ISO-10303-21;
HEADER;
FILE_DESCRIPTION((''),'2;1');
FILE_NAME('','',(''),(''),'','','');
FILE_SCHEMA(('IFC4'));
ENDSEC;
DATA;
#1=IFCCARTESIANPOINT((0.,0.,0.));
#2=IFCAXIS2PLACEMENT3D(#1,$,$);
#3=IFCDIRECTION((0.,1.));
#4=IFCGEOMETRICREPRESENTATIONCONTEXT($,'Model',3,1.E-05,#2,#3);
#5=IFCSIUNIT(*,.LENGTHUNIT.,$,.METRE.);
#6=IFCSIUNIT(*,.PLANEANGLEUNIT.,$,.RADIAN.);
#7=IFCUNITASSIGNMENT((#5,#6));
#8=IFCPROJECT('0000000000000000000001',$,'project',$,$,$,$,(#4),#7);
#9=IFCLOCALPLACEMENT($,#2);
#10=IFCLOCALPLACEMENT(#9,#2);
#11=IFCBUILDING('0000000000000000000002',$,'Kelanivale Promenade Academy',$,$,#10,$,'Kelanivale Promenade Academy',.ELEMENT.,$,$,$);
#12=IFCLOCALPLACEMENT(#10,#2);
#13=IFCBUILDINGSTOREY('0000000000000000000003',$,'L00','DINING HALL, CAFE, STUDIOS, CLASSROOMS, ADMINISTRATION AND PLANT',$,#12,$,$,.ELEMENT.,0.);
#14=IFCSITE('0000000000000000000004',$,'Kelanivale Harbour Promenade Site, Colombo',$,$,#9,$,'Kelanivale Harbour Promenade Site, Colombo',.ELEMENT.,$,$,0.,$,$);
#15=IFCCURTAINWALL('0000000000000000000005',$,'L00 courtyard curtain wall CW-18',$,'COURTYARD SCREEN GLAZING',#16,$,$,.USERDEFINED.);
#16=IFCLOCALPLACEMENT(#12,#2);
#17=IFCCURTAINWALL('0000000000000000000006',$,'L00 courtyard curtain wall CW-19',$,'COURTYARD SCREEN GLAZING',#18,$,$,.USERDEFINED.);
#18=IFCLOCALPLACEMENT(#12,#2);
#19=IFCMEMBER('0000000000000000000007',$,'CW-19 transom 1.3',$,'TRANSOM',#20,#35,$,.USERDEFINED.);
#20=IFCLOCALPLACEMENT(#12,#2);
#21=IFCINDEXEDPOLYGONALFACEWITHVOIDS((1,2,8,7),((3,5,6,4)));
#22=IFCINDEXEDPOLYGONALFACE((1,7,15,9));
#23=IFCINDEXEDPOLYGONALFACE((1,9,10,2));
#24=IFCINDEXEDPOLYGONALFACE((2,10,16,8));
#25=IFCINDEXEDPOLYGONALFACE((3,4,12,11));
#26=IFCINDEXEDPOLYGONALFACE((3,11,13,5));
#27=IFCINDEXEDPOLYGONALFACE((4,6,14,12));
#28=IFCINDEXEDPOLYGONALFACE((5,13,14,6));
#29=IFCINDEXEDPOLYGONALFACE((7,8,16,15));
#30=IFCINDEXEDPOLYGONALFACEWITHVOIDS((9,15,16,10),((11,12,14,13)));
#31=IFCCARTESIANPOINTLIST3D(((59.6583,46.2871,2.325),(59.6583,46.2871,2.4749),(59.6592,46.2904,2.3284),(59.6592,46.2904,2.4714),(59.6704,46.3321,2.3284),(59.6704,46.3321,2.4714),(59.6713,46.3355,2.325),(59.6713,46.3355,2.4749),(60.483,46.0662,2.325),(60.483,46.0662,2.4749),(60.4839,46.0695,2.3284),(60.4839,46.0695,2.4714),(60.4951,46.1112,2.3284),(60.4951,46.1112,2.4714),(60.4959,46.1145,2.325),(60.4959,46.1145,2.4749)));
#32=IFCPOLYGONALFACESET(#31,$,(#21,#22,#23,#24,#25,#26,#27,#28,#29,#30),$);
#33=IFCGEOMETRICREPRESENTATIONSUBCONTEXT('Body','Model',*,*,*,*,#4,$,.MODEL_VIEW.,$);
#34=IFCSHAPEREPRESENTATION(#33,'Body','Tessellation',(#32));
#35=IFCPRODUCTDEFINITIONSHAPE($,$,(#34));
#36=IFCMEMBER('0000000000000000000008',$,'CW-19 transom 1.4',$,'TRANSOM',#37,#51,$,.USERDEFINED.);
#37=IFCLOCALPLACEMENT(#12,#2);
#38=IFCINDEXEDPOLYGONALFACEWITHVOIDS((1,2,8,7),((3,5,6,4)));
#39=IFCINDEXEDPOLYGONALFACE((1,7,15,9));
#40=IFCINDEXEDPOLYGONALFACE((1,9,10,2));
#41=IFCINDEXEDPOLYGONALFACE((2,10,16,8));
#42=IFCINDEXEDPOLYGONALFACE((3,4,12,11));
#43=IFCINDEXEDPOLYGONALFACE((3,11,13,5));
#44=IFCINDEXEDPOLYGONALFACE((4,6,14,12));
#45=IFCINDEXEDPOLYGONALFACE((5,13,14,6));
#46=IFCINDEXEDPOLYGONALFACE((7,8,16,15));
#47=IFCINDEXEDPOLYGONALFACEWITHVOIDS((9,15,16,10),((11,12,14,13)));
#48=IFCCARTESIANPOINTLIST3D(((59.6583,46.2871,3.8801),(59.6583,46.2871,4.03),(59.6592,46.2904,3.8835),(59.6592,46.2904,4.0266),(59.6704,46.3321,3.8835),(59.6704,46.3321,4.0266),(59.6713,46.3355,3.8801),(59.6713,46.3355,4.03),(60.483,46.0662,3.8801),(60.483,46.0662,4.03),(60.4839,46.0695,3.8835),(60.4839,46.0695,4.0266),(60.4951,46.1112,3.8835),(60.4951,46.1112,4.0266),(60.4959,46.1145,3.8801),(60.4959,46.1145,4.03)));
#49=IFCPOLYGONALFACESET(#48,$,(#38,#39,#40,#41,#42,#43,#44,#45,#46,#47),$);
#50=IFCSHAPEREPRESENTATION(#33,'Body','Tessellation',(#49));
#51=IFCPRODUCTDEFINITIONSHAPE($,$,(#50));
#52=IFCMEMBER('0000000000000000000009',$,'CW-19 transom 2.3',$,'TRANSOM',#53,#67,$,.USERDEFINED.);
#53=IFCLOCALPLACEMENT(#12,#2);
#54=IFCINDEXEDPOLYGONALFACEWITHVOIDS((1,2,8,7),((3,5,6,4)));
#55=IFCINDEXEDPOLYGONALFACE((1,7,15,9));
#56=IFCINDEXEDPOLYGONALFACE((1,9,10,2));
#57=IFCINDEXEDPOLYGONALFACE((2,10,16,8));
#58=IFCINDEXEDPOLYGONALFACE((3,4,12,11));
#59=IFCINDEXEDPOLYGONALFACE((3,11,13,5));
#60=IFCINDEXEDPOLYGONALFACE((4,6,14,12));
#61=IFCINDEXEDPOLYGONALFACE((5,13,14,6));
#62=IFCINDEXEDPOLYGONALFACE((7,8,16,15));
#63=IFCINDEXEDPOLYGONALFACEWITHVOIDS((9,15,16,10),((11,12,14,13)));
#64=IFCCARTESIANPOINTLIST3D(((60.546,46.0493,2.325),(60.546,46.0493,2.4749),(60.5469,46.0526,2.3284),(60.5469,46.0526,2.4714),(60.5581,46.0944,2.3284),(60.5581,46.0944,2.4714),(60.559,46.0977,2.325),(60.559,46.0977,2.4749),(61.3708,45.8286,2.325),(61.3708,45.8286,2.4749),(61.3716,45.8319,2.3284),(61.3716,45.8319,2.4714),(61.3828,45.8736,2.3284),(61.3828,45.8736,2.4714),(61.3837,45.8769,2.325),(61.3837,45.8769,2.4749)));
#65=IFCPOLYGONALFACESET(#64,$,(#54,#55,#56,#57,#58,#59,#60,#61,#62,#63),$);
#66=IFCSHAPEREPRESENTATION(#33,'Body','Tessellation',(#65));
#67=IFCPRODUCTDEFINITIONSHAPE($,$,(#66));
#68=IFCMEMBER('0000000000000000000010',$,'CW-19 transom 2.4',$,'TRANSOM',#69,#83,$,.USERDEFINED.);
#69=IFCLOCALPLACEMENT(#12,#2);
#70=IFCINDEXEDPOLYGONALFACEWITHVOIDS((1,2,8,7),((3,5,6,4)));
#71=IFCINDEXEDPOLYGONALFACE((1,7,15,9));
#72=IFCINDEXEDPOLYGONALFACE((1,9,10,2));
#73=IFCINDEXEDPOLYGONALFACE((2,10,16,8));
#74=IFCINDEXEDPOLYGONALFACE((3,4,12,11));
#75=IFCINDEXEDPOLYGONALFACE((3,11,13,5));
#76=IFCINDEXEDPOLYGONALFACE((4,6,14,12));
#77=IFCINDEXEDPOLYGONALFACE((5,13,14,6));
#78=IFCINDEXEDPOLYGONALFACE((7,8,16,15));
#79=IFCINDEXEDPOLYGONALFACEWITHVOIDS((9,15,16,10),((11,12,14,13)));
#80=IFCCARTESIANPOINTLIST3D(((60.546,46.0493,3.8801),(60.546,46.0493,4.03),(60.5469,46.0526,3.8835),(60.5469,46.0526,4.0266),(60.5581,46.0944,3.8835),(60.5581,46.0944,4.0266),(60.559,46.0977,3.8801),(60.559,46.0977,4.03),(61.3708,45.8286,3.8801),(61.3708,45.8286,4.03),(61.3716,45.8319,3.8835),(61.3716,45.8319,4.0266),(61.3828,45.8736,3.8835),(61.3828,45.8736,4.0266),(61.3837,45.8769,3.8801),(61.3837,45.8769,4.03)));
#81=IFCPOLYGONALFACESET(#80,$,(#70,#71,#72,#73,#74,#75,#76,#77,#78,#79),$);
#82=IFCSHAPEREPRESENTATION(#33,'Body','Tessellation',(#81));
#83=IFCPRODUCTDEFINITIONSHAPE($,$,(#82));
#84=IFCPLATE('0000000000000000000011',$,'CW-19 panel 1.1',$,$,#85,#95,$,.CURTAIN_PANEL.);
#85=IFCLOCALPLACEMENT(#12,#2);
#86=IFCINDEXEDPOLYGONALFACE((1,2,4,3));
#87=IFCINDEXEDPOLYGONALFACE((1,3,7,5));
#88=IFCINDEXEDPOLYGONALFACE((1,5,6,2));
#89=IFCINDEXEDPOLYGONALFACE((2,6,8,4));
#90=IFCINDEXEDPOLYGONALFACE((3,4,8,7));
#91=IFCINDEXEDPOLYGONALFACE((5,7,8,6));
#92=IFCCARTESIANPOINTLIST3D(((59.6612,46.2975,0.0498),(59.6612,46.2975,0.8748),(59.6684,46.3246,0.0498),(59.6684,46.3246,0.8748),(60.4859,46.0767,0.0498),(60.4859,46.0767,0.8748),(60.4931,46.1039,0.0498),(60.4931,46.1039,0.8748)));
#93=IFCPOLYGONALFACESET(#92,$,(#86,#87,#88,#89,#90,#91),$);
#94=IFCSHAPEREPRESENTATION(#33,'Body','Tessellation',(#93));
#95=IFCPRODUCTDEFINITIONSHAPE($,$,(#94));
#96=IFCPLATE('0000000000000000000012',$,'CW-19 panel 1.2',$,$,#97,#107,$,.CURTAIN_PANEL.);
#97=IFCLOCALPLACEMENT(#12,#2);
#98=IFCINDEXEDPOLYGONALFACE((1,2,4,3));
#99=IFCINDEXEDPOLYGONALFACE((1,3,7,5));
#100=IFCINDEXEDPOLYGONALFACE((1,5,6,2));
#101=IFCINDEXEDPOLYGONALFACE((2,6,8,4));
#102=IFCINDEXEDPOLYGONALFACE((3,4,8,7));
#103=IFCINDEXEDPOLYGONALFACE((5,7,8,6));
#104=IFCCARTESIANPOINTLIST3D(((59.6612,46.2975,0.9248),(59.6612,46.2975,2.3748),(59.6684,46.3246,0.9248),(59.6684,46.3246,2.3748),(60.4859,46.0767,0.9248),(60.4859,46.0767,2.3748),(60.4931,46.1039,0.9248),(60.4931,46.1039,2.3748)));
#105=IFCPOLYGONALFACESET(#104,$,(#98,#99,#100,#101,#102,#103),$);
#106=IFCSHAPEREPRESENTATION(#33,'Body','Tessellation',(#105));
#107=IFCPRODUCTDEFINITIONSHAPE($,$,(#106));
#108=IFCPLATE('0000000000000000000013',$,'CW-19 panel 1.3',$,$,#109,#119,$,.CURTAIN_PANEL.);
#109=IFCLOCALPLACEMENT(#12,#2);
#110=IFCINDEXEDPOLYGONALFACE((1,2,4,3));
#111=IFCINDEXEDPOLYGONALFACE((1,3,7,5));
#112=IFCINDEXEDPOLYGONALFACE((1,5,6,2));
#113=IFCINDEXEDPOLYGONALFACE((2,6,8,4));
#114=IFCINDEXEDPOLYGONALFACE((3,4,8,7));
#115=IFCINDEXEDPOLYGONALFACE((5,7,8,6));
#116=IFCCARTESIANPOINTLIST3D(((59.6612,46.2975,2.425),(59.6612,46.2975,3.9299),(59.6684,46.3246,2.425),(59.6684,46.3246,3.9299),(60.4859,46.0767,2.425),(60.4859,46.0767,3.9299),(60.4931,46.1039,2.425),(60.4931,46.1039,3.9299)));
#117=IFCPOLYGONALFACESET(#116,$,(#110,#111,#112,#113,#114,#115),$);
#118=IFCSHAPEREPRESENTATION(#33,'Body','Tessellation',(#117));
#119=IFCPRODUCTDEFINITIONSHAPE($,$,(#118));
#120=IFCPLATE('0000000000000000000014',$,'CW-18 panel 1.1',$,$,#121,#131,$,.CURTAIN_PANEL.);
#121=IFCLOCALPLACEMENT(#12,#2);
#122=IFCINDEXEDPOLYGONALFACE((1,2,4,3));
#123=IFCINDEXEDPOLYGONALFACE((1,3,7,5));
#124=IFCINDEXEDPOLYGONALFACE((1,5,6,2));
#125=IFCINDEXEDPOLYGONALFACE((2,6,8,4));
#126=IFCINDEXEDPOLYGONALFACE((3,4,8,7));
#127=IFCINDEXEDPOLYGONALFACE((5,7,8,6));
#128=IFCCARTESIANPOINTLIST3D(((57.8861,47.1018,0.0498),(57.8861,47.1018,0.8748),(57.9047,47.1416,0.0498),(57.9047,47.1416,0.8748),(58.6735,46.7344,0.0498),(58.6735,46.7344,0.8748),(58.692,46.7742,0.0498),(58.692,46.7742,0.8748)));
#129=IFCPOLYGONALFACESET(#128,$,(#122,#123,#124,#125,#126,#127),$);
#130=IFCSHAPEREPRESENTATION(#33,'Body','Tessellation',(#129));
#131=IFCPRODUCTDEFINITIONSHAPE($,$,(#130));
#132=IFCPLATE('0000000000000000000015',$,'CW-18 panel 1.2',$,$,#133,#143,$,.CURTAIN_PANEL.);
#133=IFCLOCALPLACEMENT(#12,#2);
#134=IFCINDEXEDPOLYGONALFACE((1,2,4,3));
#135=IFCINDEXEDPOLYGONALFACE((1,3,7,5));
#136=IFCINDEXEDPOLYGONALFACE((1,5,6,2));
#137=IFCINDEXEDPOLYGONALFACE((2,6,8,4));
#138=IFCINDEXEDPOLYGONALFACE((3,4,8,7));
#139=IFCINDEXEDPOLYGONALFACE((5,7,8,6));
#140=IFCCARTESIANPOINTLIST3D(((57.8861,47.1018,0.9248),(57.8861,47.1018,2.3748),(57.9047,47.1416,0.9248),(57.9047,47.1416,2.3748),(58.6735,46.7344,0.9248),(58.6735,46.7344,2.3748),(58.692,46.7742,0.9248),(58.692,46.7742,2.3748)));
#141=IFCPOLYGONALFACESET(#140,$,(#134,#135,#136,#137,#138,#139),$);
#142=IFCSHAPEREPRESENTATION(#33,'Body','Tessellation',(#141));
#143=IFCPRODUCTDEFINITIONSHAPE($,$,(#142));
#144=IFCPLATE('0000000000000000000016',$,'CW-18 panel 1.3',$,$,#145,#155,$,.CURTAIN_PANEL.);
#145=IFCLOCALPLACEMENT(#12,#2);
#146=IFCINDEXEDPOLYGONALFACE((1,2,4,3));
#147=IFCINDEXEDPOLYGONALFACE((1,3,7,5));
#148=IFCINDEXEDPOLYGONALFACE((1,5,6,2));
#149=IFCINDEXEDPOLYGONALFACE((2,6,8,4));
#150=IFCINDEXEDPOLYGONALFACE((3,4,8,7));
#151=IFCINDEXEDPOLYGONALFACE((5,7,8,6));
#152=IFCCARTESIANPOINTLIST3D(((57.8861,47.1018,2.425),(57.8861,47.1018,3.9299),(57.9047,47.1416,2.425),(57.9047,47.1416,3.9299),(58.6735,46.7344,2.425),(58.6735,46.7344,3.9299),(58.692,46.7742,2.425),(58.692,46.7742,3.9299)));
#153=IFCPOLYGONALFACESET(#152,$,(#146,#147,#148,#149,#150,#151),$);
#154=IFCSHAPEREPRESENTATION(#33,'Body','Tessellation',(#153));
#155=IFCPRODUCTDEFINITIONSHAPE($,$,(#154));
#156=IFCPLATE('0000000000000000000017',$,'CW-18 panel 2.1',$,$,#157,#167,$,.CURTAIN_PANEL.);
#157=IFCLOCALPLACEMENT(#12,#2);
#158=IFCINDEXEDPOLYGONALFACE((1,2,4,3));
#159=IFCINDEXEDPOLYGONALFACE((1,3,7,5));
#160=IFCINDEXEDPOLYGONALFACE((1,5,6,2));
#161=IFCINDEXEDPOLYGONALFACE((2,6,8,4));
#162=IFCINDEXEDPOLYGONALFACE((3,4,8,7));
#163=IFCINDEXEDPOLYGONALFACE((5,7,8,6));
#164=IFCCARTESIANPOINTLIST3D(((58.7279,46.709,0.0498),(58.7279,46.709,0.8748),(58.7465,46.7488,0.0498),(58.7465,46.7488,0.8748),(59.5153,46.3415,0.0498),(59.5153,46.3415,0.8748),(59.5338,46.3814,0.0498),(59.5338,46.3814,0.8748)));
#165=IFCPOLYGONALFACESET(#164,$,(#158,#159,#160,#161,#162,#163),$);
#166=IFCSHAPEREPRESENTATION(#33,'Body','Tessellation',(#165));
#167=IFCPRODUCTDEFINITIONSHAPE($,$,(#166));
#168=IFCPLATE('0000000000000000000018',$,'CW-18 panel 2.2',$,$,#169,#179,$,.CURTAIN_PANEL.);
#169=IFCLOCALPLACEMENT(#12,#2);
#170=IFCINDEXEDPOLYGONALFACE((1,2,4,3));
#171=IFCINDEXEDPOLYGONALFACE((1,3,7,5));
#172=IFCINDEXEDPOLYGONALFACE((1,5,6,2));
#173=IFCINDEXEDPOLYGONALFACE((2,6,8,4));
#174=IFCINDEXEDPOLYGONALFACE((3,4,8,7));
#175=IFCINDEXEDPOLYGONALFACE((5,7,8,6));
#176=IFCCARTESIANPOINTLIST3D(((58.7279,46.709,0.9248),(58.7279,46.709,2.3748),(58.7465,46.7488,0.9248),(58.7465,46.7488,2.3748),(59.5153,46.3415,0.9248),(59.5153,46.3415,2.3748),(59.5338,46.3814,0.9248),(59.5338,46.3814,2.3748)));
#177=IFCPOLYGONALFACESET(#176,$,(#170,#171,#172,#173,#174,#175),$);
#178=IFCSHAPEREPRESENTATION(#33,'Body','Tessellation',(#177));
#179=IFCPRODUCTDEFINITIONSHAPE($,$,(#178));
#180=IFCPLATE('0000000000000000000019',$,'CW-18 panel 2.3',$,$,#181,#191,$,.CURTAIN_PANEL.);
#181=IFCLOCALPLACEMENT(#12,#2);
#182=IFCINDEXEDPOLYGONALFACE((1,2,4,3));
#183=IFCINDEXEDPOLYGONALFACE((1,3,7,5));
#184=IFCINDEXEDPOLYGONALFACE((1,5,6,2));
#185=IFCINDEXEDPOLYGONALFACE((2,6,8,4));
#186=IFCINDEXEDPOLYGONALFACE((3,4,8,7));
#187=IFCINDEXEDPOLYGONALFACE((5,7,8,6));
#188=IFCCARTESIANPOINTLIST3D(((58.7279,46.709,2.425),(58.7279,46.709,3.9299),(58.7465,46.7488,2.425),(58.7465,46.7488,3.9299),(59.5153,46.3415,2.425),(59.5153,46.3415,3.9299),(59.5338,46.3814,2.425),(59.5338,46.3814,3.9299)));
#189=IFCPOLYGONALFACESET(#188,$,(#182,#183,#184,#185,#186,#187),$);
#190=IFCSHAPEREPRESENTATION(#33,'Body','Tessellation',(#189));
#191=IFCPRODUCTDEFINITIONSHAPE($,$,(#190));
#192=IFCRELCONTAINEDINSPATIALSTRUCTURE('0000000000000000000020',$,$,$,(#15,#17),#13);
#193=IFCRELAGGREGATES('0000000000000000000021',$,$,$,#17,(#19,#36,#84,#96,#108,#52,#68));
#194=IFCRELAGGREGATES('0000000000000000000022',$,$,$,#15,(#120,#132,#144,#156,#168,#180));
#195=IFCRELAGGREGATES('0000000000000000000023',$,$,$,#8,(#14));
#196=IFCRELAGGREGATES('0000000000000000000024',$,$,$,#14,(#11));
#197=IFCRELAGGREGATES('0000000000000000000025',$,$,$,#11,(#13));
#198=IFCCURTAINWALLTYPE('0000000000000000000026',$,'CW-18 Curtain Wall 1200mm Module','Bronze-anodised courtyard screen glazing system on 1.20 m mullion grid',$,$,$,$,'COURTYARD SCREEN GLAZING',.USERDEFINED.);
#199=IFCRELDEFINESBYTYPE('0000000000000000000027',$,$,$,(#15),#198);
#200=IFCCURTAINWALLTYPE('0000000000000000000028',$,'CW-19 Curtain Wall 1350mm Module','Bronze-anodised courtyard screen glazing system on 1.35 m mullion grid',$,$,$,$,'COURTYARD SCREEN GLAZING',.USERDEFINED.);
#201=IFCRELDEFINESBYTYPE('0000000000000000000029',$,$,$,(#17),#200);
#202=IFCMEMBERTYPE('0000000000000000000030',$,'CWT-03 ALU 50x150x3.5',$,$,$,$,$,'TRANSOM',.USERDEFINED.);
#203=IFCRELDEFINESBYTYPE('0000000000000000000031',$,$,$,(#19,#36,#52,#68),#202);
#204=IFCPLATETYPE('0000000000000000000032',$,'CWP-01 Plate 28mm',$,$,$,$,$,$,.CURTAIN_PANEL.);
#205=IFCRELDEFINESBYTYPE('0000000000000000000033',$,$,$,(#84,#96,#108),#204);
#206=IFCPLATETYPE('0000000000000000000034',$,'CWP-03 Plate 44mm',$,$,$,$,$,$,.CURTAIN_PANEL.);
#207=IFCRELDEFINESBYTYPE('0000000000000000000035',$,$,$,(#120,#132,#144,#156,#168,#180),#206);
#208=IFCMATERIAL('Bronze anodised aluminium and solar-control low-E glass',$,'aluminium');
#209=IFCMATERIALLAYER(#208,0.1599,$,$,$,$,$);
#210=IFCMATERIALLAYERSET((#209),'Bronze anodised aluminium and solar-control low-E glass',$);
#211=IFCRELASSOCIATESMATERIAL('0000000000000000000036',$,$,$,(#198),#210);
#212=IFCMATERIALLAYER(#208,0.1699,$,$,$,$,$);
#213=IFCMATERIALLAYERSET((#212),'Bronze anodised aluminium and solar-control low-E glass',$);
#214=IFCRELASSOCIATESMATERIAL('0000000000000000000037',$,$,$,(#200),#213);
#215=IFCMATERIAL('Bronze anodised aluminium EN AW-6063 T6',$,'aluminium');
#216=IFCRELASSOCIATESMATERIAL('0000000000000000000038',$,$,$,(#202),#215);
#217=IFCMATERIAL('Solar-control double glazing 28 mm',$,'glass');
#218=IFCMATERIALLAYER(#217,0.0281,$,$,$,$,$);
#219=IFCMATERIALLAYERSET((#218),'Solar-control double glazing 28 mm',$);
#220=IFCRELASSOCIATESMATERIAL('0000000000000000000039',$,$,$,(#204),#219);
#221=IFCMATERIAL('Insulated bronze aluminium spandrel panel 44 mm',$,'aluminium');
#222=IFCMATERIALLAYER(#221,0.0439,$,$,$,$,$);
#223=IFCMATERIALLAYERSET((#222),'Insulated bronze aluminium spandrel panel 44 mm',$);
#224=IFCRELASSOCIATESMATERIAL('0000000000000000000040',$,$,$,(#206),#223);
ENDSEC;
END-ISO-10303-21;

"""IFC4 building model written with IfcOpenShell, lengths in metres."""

from ifc_helpers import new_model, si_unit, direction, frame, origin, origin_2d, place, context, subcontext, project, spatial, rectangle, hollow_rectangle, extrude, material, layer, layer_set, material_profile, profile_set, type_object, element, aggregate, save


model = new_model("IFC4")

# Units and contexts
model_context = context("Model", 3, precision=1e-05, world=origin(), true_north=direction((0.0, 1.0)))
body_context = subcontext(model_context, "Body", "Model", "MODEL_VIEW")
ifc_project = project(units=[si_unit("LENGTHUNIT", "METRE"), si_unit("PLANEANGLEUNIT", "RADIAN")], contexts=[model_context])

# Site, building, storey
site_placement = place(None, origin())
site = spatial("IfcSite", under=ifc_project, at=site_placement, Name="Kelanivale Harbour Promenade Site, Colombo", LongName="Kelanivale Harbour Promenade Site, Colombo", CompositionType="ELEMENT", RefElevation=0.0)
building_placement = place(site_placement, origin())
building = spatial("IfcBuilding", under=site, at=building_placement, Name="Kelanivale Promenade Academy", LongName="Kelanivale Promenade Academy", CompositionType="ELEMENT")
storey_placement = place(building_placement, origin())
storey = spatial("IfcBuildingStorey", under=building, at=storey_placement, Name="L00", Description="DINING HALL, CAFE, STUDIOS, CLASSROOMS, ADMINISTRATION AND PLANT", CompositionType="ELEMENT", Elevation=0.0)

# Curtain walls
ifc_material_1 = material(Name="Bronze anodised aluminium and solar-control low-E glass", Category="aluminium")
ifc_layer_1 = layer(ifc_material_1, 0.1599)
ifc_layer_set_1 = layer_set([ifc_layer_1], Name="Bronze anodised aluminium and solar-control low-E glass")
curtain_wall_type_1 = type_object("IfcCurtainWallType", Name="CW-18 Curtain Wall 1200mm Module", Description="Bronze-anodised courtyard screen glazing system on 1.20 m mullion grid", ElementType="COURTYARD SCREEN GLAZING", PredefinedType="USERDEFINED", material=ifc_layer_set_1)
curtain_wall_1_placement = place(storey_placement, origin())
curtain_wall_1 = element("IfcCurtainWall", 1, at=curtain_wall_1_placement, inside=storey, type_object=curtain_wall_type_1, Name="L00 courtyard curtain wall CW-18", ObjectType="COURTYARD SCREEN GLAZING", PredefinedType="USERDEFINED")
ifc_material_2 = material(Name="Bronze anodised aluminium EN AW-6063 T6", Category="aluminium")
ifc_layer_2 = layer(ifc_material_1, 0.1699)
ifc_layer_set_2 = layer_set([ifc_layer_2], Name="Bronze anodised aluminium and solar-control low-E glass")
curtain_wall_type_2 = type_object("IfcCurtainWallType", Name="CW-19 Curtain Wall 1350mm Module", Description="Bronze-anodised courtyard screen glazing system on 1.35 m mullion grid", ElementType="COURTYARD SCREEN GLAZING", PredefinedType="USERDEFINED", material=ifc_layer_set_2)
curtain_wall_2_placement = place(storey_placement, origin())
curtain_wall_2 = element("IfcCurtainWall", 2, at=curtain_wall_2_placement, inside=storey, type_object=curtain_wall_type_2, Name="L00 courtyard curtain wall CW-19", ObjectType="COURTYARD SCREEN GLAZING", PredefinedType="USERDEFINED")

# Members
ifc_material_profile_1 = material_profile(ifc_material_2, hollow_rectangle(XDim=0.05, YDim=0.1499, WallThickness=0.0034, at=origin_2d()), Name="ALU 50x150x3.5")
ifc_profile_set_1 = profile_set([ifc_material_profile_1], Name="Bronze anodised aluminium EN AW-6063 T6")
member_type_1 = type_object("IfcMemberType", Name="CWT-03 ALU 50x150x3.5", ElementType="TRANSOM", PredefinedType="USERDEFINED", material=ifc_profile_set_1)
member_1_placement = place(storey_placement, frame((59.6648, 46.3113, 2.3999), z_axis=(0.965935, -0.258784, 0.0), x_axis=(0.258784, 0.965935, 0.0)))
member_1 = element("IfcMember", 3, at=member_1_placement, type_object=member_type_1, Name="CW-19 transom 1.3", ObjectType="TRANSOM", PredefinedType="USERDEFINED", context=body_context, shape_type="SweptSolid", body=[
    extrude(hollow_rectangle(XDim=0.05, YDim=0.1499, WallThickness=0.0034, at=origin_2d()), origin(), (0.0, 0.0, 1.0), 0.8538),
])
member_2_placement = place(storey_placement, frame((59.6648, 46.3113, 3.9551), z_axis=(0.965935, -0.258784, 0.0), x_axis=(0.258784, 0.965935, 0.0)))
member_2 = element("IfcMember", 4, at=member_2_placement, type_object=member_type_1, Name="CW-19 transom 1.4", ObjectType="TRANSOM", PredefinedType="USERDEFINED", context=body_context, shape_type="SweptSolid", body=[
    extrude(hollow_rectangle(XDim=0.05, YDim=0.1499, WallThickness=0.0034, at=origin_2d()), origin(), (0.0, 0.0, 1.0), 0.8538),
])
member_3_placement = place(storey_placement, frame((60.5525, 46.0735, 2.3999), z_axis=(0.966007, -0.258517, 0.0), x_axis=(0.258517, 0.966007, 0.0)))
member_3 = element("IfcMember", 5, at=member_3_placement, type_object=member_type_1, Name="CW-19 transom 2.3", ObjectType="TRANSOM", PredefinedType="USERDEFINED", context=body_context, shape_type="SweptSolid", body=[
    extrude(hollow_rectangle(XDim=0.05, YDim=0.1499, WallThickness=0.0034, at=origin_2d()), origin(), (0.0, 0.0, 1.0), 0.8538),
])
member_4_placement = place(storey_placement, frame((60.5525, 46.0735, 3.9551), z_axis=(0.966007, -0.258517, 0.0), x_axis=(0.258517, 0.966007, 0.0)))
member_4 = element("IfcMember", 6, at=member_4_placement, type_object=member_type_1, Name="CW-19 transom 2.4", ObjectType="TRANSOM", PredefinedType="USERDEFINED", context=body_context, shape_type="SweptSolid", body=[
    extrude(hollow_rectangle(XDim=0.05, YDim=0.1499, WallThickness=0.0034, at=origin_2d()), origin(), (0.0, 0.0, 1.0), 0.8538),
])

# Plates
ifc_material_3 = material(Name="Solar-control double glazing 28 mm", Category="glass")
ifc_layer_3 = layer(ifc_material_3, 0.0281)
ifc_layer_set_3 = layer_set([ifc_layer_3], Name="Solar-control double glazing 28 mm")
plate_type_1 = type_object("IfcPlateType", Name="CWP-01 Plate 28mm", PredefinedType="CURTAIN_PANEL", material=ifc_layer_set_3)
plate_1_placement = place(storey_placement, frame((60.0771, 46.2007, 0.0498), z_axis=(0.0, 0.0, 1.0), x_axis=(0.96599, -0.258578, 0.0)))
plate_1 = element("IfcPlate", 7, at=plate_1_placement, type_object=plate_type_1, Name="CW-19 panel 1.1", PredefinedType="CURTAIN_PANEL", context=body_context, shape_type="SweptSolid", body=[
    extrude(rectangle(XDim=0.8538, YDim=0.0281, at=origin_2d()), origin(), (0.0, 0.0, 1.0), 0.825),
])
plate_2_placement = place(storey_placement, frame((60.0771, 46.2007, 0.9248), z_axis=(0.0, 0.0, 1.0), x_axis=(0.96599, -0.258578, 0.0)))
plate_2 = element("IfcPlate", 8, at=plate_2_placement, type_object=plate_type_1, Name="CW-19 panel 1.2", PredefinedType="CURTAIN_PANEL", context=body_context, shape_type="SweptSolid", body=[
    extrude(rectangle(XDim=0.8538, YDim=0.0281, at=origin_2d()), origin(), (0.0, 0.0, 1.0), 1.45),
])
plate_3_placement = place(storey_placement, frame((60.0771, 46.2007, 2.425), z_axis=(0.0, 0.0, 1.0), x_axis=(0.96599, -0.258578, 0.0)))
plate_3 = element("IfcPlate", 9, at=plate_3_placement, type_object=plate_type_1, Name="CW-19 panel 1.3", PredefinedType="CURTAIN_PANEL", context=body_context, shape_type="SweptSolid", body=[
    extrude(rectangle(XDim=0.8538, YDim=0.0281, at=origin_2d()), origin(), (0.0, 0.0, 1.0), 1.5049),
])
aggregate(curtain_wall_2, [member_1, member_2, plate_1, plate_2, plate_3, member_3, member_4])
ifc_material_4 = material(Name="Insulated bronze aluminium spandrel panel 44 mm", Category="aluminium")
ifc_layer_4 = layer(ifc_material_4, 0.0439)
ifc_layer_set_4 = layer_set([ifc_layer_4], Name="Insulated bronze aluminium spandrel panel 44 mm")
plate_type_2 = type_object("IfcPlateType", Name="CWP-03 Plate 44mm", PredefinedType="CURTAIN_PANEL", material=ifc_layer_set_4)
plate_4_placement = place(storey_placement, frame((58.2891, 46.938, 0.0498), z_axis=(0.0, 0.0, 1.0), x_axis=(0.906196, -0.422857, 0.0)))
plate_4 = element("IfcPlate", 10, at=plate_4_placement, type_object=plate_type_2, Name="CW-18 panel 1.1", PredefinedType="CURTAIN_PANEL", context=body_context, shape_type="SweptSolid", body=[
    extrude(rectangle(XDim=0.8689, YDim=0.0439, at=origin_2d()), origin(), (0.0, 0.0, 1.0), 0.825),
])
plate_5_placement = place(storey_placement, frame((58.2891, 46.938, 0.9248), z_axis=(0.0, 0.0, 1.0), x_axis=(0.906196, -0.422857, 0.0)))
plate_5 = element("IfcPlate", 11, at=plate_5_placement, type_object=plate_type_2, Name="CW-18 panel 1.2", PredefinedType="CURTAIN_PANEL", context=body_context, shape_type="SweptSolid", body=[
    extrude(rectangle(XDim=0.8689, YDim=0.0439, at=origin_2d()), origin(), (0.0, 0.0, 1.0), 1.45),
])
plate_6_placement = place(storey_placement, frame((58.2891, 46.938, 2.425), z_axis=(0.0, 0.0, 1.0), x_axis=(0.906196, -0.422857, 0.0)))
plate_6 = element("IfcPlate", 12, at=plate_6_placement, type_object=plate_type_2, Name="CW-18 panel 1.3", PredefinedType="CURTAIN_PANEL", context=body_context, shape_type="SweptSolid", body=[
    extrude(rectangle(XDim=0.8689, YDim=0.0439, at=origin_2d()), origin(), (0.0, 0.0, 1.0), 1.5049),
])
plate_7_placement = place(storey_placement, frame((59.1309, 46.5452, 0.0498), z_axis=(0.0, 0.0, 1.0), x_axis=(0.906196, -0.422857, 0.0)))
plate_7 = element("IfcPlate", 13, at=plate_7_placement, type_object=plate_type_2, Name="CW-18 panel 2.1", PredefinedType="CURTAIN_PANEL", context=body_context, shape_type="SweptSolid", body=[
    extrude(rectangle(XDim=0.8689, YDim=0.0439, at=origin_2d()), origin(), (0.0, 0.0, 1.0), 0.825),
])
plate_8_placement = place(storey_placement, frame((59.1309, 46.5452, 0.9248), z_axis=(0.0, 0.0, 1.0), x_axis=(0.906196, -0.422857, 0.0)))
plate_8 = element("IfcPlate", 14, at=plate_8_placement, type_object=plate_type_2, Name="CW-18 panel 2.2", PredefinedType="CURTAIN_PANEL", context=body_context, shape_type="SweptSolid", body=[
    extrude(rectangle(XDim=0.8689, YDim=0.0439, at=origin_2d()), origin(), (0.0, 0.0, 1.0), 1.45),
])
plate_9_placement = place(storey_placement, frame((59.1309, 46.5452, 2.425), z_axis=(0.0, 0.0, 1.0), x_axis=(0.906196, -0.422857, 0.0)))
plate_9 = element("IfcPlate", 15, at=plate_9_placement, type_object=plate_type_2, Name="CW-18 panel 2.3", PredefinedType="CURTAIN_PANEL", context=body_context, shape_type="SweptSolid", body=[
    extrude(rectangle(XDim=0.8689, YDim=0.0439, at=origin_2d()), origin(), (0.0, 0.0, 1.0), 1.5049),
])
aggregate(curtain_wall_1, [plate_4, plate_5, plate_6, plate_7, plate_8, plate_9])

save(model, "model.ifc")
